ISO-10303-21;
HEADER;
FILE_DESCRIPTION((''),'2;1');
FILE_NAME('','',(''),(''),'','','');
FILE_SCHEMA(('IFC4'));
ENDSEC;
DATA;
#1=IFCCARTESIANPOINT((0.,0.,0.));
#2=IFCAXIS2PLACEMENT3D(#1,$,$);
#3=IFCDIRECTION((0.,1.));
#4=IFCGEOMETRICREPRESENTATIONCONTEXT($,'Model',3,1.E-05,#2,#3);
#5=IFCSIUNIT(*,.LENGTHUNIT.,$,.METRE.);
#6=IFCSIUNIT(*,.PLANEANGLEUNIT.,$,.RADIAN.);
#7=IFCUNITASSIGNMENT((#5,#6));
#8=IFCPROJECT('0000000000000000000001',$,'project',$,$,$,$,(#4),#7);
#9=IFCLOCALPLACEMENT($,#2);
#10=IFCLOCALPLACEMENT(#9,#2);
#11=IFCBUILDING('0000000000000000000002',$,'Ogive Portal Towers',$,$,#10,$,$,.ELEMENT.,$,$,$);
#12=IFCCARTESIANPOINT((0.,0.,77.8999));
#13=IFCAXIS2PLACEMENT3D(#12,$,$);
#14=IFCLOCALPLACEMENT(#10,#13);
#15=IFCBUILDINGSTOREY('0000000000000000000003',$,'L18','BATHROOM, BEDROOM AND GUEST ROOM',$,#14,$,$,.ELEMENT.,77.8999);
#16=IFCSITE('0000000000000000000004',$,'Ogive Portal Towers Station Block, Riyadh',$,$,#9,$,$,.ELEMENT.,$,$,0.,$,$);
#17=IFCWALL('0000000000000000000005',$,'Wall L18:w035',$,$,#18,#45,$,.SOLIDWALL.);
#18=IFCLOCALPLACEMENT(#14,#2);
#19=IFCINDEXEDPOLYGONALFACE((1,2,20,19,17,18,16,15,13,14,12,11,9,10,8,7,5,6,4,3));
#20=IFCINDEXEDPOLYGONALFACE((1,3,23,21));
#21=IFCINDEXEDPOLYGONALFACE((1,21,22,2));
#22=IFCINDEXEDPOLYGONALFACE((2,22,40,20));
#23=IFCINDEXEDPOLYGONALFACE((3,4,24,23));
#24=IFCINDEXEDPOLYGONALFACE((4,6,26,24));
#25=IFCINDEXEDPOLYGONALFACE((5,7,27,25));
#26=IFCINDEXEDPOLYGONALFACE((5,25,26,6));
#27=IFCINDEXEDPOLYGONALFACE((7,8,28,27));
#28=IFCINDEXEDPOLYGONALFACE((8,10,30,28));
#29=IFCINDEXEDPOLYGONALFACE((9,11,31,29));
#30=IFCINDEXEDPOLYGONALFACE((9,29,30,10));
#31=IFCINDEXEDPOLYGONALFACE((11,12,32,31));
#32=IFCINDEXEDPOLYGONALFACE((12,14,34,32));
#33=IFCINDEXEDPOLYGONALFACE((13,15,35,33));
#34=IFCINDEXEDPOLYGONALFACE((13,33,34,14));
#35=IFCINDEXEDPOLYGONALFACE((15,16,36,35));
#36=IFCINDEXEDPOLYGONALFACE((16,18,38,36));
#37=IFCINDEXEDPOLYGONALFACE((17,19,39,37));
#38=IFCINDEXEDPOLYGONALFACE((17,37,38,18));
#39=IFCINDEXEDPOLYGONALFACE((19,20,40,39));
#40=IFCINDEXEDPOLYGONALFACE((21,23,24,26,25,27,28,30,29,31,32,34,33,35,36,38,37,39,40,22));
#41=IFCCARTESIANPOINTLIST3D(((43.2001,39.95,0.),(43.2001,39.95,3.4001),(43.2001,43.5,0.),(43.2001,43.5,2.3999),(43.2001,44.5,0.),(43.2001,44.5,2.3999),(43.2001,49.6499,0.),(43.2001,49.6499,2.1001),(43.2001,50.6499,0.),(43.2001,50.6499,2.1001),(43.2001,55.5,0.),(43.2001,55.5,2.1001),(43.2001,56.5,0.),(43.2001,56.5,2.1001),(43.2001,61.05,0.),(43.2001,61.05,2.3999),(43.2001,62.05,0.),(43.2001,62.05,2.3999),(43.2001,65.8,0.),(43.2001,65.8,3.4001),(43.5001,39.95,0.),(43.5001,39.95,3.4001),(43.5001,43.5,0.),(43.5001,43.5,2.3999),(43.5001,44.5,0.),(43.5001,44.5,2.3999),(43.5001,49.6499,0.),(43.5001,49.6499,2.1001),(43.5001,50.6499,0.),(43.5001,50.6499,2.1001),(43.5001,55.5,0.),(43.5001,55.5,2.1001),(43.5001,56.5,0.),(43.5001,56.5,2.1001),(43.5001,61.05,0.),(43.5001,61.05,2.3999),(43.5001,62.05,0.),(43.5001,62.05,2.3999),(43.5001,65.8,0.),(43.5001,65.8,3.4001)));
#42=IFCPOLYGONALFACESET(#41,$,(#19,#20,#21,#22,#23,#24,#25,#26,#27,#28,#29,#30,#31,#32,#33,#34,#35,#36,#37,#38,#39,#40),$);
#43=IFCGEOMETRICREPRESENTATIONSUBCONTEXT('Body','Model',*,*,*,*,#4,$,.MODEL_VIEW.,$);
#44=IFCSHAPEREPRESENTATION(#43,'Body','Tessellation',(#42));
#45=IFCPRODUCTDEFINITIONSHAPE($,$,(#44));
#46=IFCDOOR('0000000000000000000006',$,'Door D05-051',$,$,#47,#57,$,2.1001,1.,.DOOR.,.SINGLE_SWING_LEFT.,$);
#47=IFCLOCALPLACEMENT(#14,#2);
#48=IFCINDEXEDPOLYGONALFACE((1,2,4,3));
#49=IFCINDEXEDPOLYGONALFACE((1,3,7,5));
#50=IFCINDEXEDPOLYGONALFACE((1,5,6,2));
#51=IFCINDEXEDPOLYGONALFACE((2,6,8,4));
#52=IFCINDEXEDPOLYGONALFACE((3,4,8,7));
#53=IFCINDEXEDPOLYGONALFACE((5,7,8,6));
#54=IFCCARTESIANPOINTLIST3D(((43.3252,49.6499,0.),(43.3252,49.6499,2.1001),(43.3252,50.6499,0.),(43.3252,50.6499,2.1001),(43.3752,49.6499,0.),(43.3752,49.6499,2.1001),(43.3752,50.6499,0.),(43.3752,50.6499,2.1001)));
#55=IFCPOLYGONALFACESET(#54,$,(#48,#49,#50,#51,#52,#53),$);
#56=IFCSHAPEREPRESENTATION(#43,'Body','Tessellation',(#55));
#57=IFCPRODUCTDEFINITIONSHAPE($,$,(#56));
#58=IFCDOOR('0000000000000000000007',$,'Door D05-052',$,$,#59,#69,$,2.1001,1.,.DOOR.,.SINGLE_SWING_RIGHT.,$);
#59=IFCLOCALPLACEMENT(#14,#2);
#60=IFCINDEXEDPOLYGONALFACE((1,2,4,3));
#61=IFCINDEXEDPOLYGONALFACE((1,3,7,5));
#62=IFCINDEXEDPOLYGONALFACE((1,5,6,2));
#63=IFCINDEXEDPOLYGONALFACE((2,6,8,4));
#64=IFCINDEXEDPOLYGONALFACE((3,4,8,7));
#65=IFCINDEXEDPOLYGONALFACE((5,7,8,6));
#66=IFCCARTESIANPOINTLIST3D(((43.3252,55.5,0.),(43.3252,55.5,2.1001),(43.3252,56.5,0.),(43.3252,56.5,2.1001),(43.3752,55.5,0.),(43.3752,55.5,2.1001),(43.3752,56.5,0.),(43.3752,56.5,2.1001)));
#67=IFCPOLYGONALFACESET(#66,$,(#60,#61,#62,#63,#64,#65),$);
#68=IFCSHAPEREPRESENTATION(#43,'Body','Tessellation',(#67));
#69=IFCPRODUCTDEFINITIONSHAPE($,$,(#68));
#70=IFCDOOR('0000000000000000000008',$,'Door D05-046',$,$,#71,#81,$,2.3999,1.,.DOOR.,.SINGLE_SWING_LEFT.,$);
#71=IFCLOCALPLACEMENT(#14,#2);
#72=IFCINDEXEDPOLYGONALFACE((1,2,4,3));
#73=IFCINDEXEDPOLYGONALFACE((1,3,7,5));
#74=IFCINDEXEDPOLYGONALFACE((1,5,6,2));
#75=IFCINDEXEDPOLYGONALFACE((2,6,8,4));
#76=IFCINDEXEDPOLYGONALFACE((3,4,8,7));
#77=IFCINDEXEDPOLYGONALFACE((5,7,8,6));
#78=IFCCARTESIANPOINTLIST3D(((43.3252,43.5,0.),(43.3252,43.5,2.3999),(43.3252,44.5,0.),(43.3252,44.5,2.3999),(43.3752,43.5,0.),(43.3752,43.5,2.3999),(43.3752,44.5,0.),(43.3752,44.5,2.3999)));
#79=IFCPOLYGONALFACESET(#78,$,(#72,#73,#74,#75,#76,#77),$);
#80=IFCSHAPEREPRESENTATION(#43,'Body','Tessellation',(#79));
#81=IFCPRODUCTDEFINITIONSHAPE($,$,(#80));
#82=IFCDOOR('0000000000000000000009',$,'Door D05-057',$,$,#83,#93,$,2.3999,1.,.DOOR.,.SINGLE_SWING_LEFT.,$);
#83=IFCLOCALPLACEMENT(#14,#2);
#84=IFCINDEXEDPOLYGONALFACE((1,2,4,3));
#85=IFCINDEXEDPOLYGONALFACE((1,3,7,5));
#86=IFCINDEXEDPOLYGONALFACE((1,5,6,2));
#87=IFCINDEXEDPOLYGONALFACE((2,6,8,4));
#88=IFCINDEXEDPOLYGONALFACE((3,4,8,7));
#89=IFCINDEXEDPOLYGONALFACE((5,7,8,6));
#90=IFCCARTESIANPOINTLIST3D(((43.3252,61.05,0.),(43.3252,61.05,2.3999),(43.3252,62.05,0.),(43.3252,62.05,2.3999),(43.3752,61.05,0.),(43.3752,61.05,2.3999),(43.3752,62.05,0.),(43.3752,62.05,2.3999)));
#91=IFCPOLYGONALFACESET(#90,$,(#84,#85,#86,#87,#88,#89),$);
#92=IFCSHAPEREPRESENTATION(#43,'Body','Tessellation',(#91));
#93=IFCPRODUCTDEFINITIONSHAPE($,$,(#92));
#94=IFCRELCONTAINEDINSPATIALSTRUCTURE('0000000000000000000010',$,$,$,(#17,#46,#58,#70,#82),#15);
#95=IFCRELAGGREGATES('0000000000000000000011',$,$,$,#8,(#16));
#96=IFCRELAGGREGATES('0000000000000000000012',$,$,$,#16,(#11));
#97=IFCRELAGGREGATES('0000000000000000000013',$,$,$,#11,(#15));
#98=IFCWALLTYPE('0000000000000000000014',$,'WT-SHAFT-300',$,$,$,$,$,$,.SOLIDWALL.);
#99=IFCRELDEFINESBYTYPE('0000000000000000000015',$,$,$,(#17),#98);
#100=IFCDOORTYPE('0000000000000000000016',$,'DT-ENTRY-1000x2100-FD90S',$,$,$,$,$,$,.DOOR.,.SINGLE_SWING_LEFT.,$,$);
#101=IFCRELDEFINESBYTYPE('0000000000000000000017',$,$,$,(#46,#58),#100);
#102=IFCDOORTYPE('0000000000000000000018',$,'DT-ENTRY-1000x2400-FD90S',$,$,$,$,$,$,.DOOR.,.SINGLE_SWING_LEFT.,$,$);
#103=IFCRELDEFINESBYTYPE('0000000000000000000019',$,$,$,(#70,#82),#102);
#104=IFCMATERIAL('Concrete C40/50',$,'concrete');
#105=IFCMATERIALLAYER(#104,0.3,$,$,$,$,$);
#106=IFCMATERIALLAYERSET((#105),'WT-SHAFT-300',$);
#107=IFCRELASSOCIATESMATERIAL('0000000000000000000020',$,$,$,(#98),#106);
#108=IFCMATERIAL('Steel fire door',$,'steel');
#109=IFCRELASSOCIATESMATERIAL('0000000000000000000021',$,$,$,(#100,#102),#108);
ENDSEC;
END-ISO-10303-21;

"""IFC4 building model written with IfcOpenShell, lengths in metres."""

from ifc_helpers import new_model, si_unit, direction, frame, frame_2d, origin, place, context, subcontext, project, spatial, rectangle, extrude, material, layer, layer_set, type_object, element, fill, save


model = new_model("IFC4")

# Units and contexts
model_context = context("Model", 3, precision=1e-05, world=origin(), true_north=direction((0.0, 1.0)))
body_context = subcontext(model_context, "Body", "Model", "MODEL_VIEW")
ifc_project = project(units=[si_unit("LENGTHUNIT", "METRE"), si_unit("PLANEANGLEUNIT", "RADIAN")], contexts=[model_context])

# Site, building, storey
site_placement = place(None, origin())
site = spatial("IfcSite", under=ifc_project, at=site_placement, Name="Ogive Portal Towers Station Block, Riyadh", CompositionType="ELEMENT", RefElevation=0.0)
building_placement = place(site_placement, origin())
building = spatial("IfcBuilding", under=site, at=building_placement, Name="Ogive Portal Towers", CompositionType="ELEMENT")
storey_placement = place(building_placement, frame((0.0, 0.0, 77.8999)))
storey = spatial("IfcBuildingStorey", under=building, at=storey_placement, Name="L18", Description="BATHROOM, BEDROOM AND GUEST ROOM", CompositionType="ELEMENT", Elevation=77.8999)

# Shared definitions
ifc_material_1 = material(Name="Steel fire door", Category="steel")

# Wall, openings, doors
ifc_material_2 = material(Name="Concrete C40/50", Category="concrete")
ifc_layer_1 = layer(ifc_material_2, 0.3)
ifc_layer_set_1 = layer_set([ifc_layer_1], Name="WT-SHAFT-300")
wall_type_1 = type_object("IfcWallType", Name="WT-SHAFT-300", PredefinedType="SOLIDWALL", material=ifc_layer_set_1)
wall_1_placement = place(storey_placement, frame((43.3501, 39.95, 0.0), z_axis=(0.0, 0.0, 1.0), x_axis=(0.0, 1.0, 0.0)))
wall_1 = element("IfcWall", 1, at=wall_1_placement, inside=storey, type_object=wall_type_1, Name="Wall L18:w035", PredefinedType="SOLIDWALL", context=body_context, shape_type="SweptSolid", body=[
    extrude(rectangle(XDim=25.8501, YDim=0.3, at=frame_2d((12.925, 0.0))), origin(), (0.0, 0.0, 1.0), 3.4001),
])
opening_1_placement = place(wall_1_placement, frame((3.55, 0.0, 0.0)))
opening_1 = element("IfcOpeningElement", 2, at=opening_1_placement, cuts=wall_1, PredefinedType="OPENING", context=body_context, shape_type="SweptSolid", body=[
    extrude(rectangle(XDim=1.0, YDim=2.3999, at=frame_2d((0.5, 1.2))), frame((0.0, 0.1602, 0.0), z_axis=(0.0, -1.0, 0.0), x_axis=(1.0, 0.0, 0.0)), (0.0, 0.0, 1.0), 0.3201),
])
opening_2_placement = place(wall_1_placement, frame((9.7, 0.0, 0.0)))
opening_2 = element("IfcOpeningElement", 3, at=opening_2_placement, cuts=wall_1, PredefinedType="OPENING", context=body_context, shape_type="SweptSolid", body=[
    extrude(rectangle(XDim=1.0, YDim=2.1001, at=frame_2d((0.5, 1.05))), frame((0.0, 0.1602, 0.0), z_axis=(0.0, -1.0, 0.0), x_axis=(1.0, 0.0, 0.0)), (0.0, 0.0, 1.0), 0.3201),
])
opening_3_placement = place(wall_1_placement, frame((15.55, 0.0, 0.0)))
opening_3 = element("IfcOpeningElement", 4, at=opening_3_placement, cuts=wall_1, PredefinedType="OPENING", context=body_context, shape_type="SweptSolid", body=[
    extrude(rectangle(XDim=1.0, YDim=2.1001, at=frame_2d((0.5, 1.05))), frame((0.0, 0.1602, 0.0), z_axis=(0.0, -1.0, 0.0), x_axis=(1.0, 0.0, 0.0)), (0.0, 0.0, 1.0), 0.3201),
])
opening_4_placement = place(wall_1_placement, frame((21.1001, 0.0, 0.0)))
opening_4 = element("IfcOpeningElement", 5, at=opening_4_placement, cuts=wall_1, PredefinedType="OPENING", context=body_context, shape_type="SweptSolid", body=[
    extrude(rectangle(XDim=1.0, YDim=2.3999, at=frame_2d((0.5, 1.2))), frame((0.0, 0.1602, 0.0), z_axis=(0.0, -1.0, 0.0), x_axis=(1.0, 0.0, 0.0)), (0.0, 0.0, 1.0), 0.3201),
])
door_type_1 = type_object("IfcDoorType", Name="DT-ENTRY-1000x2100-FD90S", OperationType="SINGLE_SWING_LEFT", PredefinedType="DOOR", material=ifc_material_1)
door_1_placement = place(opening_2_placement, origin())
door_1 = element("IfcDoor", 6, at=door_1_placement, inside=storey, type_object=door_type_1, Name="Door D05-051", OperationType="SINGLE_SWING_LEFT", OverallHeight=2.1001, OverallWidth=1.0, PredefinedType="DOOR", context=body_context, shape_type="SweptSolid", body=[
    extrude(rectangle(XDim=1.0, YDim=2.1001, at=frame_2d((0.5, 1.05))), frame((0.0, 0.0249, 0.0), z_axis=(0.0, -1.0, 0.0), x_axis=(1.0, 0.0, 0.0)), (0.0, 0.0, 1.0), 0.05),
])
fill(opening_2, door_1)
door_2_placement = place(opening_3_placement, origin())
door_2 = element("IfcDoor", 7, at=door_2_placement, inside=storey, type_object=door_type_1, Name="Door D05-052", OperationType="SINGLE_SWING_RIGHT", OverallHeight=2.1001, OverallWidth=1.0, PredefinedType="DOOR", context=body_context, shape_type="SweptSolid", body=[
    extrude(rectangle(XDim=1.0, YDim=2.1001, at=frame_2d((0.5, 1.05))), frame((0.0, 0.0249, 0.0), z_axis=(0.0, -1.0, 0.0), x_axis=(1.0, 0.0, 0.0)), (0.0, 0.0, 1.0), 0.05),
])
fill(opening_3, door_2)
door_type_2 = type_object("IfcDoorType", Name="DT-ENTRY-1000x2400-FD90S", OperationType="SINGLE_SWING_LEFT", PredefinedType="DOOR", material=ifc_material_1)
door_3_placement = place(opening_1_placement, origin())
door_3 = element("IfcDoor", 8, at=door_3_placement, inside=storey, type_object=door_type_2, Name="Door D05-046", OperationType="SINGLE_SWING_LEFT", OverallHeight=2.3999, OverallWidth=1.0, PredefinedType="DOOR", context=body_context, shape_type="SweptSolid", body=[
    extrude(rectangle(XDim=1.0, YDim=2.3999, at=frame_2d((0.5, 1.2))), frame((0.0, 0.0249, 0.0), z_axis=(0.0, -1.0, 0.0), x_axis=(1.0, 0.0, 0.0)), (0.0, 0.0, 1.0), 0.05),
])
fill(opening_1, door_3)
door_4_placement = place(opening_4_placement, origin())
door_4 = element("IfcDoor", 9, at=door_4_placement, inside=storey, type_object=door_type_2, Name="Door D05-057", OperationType="SINGLE_SWING_LEFT", OverallHeight=2.3999, OverallWidth=1.0, PredefinedType="DOOR", context=body_context, shape_type="SweptSolid", body=[
    extrude(rectangle(XDim=1.0, YDim=2.3999, at=frame_2d((0.5, 1.2))), frame((0.0, 0.0249, 0.0), z_axis=(0.0, -1.0, 0.0), x_axis=(1.0, 0.0, 0.0)), (0.0, 0.0, 1.0), 0.05),
])
fill(opening_4, door_4)

save(model, "model.ifc")
